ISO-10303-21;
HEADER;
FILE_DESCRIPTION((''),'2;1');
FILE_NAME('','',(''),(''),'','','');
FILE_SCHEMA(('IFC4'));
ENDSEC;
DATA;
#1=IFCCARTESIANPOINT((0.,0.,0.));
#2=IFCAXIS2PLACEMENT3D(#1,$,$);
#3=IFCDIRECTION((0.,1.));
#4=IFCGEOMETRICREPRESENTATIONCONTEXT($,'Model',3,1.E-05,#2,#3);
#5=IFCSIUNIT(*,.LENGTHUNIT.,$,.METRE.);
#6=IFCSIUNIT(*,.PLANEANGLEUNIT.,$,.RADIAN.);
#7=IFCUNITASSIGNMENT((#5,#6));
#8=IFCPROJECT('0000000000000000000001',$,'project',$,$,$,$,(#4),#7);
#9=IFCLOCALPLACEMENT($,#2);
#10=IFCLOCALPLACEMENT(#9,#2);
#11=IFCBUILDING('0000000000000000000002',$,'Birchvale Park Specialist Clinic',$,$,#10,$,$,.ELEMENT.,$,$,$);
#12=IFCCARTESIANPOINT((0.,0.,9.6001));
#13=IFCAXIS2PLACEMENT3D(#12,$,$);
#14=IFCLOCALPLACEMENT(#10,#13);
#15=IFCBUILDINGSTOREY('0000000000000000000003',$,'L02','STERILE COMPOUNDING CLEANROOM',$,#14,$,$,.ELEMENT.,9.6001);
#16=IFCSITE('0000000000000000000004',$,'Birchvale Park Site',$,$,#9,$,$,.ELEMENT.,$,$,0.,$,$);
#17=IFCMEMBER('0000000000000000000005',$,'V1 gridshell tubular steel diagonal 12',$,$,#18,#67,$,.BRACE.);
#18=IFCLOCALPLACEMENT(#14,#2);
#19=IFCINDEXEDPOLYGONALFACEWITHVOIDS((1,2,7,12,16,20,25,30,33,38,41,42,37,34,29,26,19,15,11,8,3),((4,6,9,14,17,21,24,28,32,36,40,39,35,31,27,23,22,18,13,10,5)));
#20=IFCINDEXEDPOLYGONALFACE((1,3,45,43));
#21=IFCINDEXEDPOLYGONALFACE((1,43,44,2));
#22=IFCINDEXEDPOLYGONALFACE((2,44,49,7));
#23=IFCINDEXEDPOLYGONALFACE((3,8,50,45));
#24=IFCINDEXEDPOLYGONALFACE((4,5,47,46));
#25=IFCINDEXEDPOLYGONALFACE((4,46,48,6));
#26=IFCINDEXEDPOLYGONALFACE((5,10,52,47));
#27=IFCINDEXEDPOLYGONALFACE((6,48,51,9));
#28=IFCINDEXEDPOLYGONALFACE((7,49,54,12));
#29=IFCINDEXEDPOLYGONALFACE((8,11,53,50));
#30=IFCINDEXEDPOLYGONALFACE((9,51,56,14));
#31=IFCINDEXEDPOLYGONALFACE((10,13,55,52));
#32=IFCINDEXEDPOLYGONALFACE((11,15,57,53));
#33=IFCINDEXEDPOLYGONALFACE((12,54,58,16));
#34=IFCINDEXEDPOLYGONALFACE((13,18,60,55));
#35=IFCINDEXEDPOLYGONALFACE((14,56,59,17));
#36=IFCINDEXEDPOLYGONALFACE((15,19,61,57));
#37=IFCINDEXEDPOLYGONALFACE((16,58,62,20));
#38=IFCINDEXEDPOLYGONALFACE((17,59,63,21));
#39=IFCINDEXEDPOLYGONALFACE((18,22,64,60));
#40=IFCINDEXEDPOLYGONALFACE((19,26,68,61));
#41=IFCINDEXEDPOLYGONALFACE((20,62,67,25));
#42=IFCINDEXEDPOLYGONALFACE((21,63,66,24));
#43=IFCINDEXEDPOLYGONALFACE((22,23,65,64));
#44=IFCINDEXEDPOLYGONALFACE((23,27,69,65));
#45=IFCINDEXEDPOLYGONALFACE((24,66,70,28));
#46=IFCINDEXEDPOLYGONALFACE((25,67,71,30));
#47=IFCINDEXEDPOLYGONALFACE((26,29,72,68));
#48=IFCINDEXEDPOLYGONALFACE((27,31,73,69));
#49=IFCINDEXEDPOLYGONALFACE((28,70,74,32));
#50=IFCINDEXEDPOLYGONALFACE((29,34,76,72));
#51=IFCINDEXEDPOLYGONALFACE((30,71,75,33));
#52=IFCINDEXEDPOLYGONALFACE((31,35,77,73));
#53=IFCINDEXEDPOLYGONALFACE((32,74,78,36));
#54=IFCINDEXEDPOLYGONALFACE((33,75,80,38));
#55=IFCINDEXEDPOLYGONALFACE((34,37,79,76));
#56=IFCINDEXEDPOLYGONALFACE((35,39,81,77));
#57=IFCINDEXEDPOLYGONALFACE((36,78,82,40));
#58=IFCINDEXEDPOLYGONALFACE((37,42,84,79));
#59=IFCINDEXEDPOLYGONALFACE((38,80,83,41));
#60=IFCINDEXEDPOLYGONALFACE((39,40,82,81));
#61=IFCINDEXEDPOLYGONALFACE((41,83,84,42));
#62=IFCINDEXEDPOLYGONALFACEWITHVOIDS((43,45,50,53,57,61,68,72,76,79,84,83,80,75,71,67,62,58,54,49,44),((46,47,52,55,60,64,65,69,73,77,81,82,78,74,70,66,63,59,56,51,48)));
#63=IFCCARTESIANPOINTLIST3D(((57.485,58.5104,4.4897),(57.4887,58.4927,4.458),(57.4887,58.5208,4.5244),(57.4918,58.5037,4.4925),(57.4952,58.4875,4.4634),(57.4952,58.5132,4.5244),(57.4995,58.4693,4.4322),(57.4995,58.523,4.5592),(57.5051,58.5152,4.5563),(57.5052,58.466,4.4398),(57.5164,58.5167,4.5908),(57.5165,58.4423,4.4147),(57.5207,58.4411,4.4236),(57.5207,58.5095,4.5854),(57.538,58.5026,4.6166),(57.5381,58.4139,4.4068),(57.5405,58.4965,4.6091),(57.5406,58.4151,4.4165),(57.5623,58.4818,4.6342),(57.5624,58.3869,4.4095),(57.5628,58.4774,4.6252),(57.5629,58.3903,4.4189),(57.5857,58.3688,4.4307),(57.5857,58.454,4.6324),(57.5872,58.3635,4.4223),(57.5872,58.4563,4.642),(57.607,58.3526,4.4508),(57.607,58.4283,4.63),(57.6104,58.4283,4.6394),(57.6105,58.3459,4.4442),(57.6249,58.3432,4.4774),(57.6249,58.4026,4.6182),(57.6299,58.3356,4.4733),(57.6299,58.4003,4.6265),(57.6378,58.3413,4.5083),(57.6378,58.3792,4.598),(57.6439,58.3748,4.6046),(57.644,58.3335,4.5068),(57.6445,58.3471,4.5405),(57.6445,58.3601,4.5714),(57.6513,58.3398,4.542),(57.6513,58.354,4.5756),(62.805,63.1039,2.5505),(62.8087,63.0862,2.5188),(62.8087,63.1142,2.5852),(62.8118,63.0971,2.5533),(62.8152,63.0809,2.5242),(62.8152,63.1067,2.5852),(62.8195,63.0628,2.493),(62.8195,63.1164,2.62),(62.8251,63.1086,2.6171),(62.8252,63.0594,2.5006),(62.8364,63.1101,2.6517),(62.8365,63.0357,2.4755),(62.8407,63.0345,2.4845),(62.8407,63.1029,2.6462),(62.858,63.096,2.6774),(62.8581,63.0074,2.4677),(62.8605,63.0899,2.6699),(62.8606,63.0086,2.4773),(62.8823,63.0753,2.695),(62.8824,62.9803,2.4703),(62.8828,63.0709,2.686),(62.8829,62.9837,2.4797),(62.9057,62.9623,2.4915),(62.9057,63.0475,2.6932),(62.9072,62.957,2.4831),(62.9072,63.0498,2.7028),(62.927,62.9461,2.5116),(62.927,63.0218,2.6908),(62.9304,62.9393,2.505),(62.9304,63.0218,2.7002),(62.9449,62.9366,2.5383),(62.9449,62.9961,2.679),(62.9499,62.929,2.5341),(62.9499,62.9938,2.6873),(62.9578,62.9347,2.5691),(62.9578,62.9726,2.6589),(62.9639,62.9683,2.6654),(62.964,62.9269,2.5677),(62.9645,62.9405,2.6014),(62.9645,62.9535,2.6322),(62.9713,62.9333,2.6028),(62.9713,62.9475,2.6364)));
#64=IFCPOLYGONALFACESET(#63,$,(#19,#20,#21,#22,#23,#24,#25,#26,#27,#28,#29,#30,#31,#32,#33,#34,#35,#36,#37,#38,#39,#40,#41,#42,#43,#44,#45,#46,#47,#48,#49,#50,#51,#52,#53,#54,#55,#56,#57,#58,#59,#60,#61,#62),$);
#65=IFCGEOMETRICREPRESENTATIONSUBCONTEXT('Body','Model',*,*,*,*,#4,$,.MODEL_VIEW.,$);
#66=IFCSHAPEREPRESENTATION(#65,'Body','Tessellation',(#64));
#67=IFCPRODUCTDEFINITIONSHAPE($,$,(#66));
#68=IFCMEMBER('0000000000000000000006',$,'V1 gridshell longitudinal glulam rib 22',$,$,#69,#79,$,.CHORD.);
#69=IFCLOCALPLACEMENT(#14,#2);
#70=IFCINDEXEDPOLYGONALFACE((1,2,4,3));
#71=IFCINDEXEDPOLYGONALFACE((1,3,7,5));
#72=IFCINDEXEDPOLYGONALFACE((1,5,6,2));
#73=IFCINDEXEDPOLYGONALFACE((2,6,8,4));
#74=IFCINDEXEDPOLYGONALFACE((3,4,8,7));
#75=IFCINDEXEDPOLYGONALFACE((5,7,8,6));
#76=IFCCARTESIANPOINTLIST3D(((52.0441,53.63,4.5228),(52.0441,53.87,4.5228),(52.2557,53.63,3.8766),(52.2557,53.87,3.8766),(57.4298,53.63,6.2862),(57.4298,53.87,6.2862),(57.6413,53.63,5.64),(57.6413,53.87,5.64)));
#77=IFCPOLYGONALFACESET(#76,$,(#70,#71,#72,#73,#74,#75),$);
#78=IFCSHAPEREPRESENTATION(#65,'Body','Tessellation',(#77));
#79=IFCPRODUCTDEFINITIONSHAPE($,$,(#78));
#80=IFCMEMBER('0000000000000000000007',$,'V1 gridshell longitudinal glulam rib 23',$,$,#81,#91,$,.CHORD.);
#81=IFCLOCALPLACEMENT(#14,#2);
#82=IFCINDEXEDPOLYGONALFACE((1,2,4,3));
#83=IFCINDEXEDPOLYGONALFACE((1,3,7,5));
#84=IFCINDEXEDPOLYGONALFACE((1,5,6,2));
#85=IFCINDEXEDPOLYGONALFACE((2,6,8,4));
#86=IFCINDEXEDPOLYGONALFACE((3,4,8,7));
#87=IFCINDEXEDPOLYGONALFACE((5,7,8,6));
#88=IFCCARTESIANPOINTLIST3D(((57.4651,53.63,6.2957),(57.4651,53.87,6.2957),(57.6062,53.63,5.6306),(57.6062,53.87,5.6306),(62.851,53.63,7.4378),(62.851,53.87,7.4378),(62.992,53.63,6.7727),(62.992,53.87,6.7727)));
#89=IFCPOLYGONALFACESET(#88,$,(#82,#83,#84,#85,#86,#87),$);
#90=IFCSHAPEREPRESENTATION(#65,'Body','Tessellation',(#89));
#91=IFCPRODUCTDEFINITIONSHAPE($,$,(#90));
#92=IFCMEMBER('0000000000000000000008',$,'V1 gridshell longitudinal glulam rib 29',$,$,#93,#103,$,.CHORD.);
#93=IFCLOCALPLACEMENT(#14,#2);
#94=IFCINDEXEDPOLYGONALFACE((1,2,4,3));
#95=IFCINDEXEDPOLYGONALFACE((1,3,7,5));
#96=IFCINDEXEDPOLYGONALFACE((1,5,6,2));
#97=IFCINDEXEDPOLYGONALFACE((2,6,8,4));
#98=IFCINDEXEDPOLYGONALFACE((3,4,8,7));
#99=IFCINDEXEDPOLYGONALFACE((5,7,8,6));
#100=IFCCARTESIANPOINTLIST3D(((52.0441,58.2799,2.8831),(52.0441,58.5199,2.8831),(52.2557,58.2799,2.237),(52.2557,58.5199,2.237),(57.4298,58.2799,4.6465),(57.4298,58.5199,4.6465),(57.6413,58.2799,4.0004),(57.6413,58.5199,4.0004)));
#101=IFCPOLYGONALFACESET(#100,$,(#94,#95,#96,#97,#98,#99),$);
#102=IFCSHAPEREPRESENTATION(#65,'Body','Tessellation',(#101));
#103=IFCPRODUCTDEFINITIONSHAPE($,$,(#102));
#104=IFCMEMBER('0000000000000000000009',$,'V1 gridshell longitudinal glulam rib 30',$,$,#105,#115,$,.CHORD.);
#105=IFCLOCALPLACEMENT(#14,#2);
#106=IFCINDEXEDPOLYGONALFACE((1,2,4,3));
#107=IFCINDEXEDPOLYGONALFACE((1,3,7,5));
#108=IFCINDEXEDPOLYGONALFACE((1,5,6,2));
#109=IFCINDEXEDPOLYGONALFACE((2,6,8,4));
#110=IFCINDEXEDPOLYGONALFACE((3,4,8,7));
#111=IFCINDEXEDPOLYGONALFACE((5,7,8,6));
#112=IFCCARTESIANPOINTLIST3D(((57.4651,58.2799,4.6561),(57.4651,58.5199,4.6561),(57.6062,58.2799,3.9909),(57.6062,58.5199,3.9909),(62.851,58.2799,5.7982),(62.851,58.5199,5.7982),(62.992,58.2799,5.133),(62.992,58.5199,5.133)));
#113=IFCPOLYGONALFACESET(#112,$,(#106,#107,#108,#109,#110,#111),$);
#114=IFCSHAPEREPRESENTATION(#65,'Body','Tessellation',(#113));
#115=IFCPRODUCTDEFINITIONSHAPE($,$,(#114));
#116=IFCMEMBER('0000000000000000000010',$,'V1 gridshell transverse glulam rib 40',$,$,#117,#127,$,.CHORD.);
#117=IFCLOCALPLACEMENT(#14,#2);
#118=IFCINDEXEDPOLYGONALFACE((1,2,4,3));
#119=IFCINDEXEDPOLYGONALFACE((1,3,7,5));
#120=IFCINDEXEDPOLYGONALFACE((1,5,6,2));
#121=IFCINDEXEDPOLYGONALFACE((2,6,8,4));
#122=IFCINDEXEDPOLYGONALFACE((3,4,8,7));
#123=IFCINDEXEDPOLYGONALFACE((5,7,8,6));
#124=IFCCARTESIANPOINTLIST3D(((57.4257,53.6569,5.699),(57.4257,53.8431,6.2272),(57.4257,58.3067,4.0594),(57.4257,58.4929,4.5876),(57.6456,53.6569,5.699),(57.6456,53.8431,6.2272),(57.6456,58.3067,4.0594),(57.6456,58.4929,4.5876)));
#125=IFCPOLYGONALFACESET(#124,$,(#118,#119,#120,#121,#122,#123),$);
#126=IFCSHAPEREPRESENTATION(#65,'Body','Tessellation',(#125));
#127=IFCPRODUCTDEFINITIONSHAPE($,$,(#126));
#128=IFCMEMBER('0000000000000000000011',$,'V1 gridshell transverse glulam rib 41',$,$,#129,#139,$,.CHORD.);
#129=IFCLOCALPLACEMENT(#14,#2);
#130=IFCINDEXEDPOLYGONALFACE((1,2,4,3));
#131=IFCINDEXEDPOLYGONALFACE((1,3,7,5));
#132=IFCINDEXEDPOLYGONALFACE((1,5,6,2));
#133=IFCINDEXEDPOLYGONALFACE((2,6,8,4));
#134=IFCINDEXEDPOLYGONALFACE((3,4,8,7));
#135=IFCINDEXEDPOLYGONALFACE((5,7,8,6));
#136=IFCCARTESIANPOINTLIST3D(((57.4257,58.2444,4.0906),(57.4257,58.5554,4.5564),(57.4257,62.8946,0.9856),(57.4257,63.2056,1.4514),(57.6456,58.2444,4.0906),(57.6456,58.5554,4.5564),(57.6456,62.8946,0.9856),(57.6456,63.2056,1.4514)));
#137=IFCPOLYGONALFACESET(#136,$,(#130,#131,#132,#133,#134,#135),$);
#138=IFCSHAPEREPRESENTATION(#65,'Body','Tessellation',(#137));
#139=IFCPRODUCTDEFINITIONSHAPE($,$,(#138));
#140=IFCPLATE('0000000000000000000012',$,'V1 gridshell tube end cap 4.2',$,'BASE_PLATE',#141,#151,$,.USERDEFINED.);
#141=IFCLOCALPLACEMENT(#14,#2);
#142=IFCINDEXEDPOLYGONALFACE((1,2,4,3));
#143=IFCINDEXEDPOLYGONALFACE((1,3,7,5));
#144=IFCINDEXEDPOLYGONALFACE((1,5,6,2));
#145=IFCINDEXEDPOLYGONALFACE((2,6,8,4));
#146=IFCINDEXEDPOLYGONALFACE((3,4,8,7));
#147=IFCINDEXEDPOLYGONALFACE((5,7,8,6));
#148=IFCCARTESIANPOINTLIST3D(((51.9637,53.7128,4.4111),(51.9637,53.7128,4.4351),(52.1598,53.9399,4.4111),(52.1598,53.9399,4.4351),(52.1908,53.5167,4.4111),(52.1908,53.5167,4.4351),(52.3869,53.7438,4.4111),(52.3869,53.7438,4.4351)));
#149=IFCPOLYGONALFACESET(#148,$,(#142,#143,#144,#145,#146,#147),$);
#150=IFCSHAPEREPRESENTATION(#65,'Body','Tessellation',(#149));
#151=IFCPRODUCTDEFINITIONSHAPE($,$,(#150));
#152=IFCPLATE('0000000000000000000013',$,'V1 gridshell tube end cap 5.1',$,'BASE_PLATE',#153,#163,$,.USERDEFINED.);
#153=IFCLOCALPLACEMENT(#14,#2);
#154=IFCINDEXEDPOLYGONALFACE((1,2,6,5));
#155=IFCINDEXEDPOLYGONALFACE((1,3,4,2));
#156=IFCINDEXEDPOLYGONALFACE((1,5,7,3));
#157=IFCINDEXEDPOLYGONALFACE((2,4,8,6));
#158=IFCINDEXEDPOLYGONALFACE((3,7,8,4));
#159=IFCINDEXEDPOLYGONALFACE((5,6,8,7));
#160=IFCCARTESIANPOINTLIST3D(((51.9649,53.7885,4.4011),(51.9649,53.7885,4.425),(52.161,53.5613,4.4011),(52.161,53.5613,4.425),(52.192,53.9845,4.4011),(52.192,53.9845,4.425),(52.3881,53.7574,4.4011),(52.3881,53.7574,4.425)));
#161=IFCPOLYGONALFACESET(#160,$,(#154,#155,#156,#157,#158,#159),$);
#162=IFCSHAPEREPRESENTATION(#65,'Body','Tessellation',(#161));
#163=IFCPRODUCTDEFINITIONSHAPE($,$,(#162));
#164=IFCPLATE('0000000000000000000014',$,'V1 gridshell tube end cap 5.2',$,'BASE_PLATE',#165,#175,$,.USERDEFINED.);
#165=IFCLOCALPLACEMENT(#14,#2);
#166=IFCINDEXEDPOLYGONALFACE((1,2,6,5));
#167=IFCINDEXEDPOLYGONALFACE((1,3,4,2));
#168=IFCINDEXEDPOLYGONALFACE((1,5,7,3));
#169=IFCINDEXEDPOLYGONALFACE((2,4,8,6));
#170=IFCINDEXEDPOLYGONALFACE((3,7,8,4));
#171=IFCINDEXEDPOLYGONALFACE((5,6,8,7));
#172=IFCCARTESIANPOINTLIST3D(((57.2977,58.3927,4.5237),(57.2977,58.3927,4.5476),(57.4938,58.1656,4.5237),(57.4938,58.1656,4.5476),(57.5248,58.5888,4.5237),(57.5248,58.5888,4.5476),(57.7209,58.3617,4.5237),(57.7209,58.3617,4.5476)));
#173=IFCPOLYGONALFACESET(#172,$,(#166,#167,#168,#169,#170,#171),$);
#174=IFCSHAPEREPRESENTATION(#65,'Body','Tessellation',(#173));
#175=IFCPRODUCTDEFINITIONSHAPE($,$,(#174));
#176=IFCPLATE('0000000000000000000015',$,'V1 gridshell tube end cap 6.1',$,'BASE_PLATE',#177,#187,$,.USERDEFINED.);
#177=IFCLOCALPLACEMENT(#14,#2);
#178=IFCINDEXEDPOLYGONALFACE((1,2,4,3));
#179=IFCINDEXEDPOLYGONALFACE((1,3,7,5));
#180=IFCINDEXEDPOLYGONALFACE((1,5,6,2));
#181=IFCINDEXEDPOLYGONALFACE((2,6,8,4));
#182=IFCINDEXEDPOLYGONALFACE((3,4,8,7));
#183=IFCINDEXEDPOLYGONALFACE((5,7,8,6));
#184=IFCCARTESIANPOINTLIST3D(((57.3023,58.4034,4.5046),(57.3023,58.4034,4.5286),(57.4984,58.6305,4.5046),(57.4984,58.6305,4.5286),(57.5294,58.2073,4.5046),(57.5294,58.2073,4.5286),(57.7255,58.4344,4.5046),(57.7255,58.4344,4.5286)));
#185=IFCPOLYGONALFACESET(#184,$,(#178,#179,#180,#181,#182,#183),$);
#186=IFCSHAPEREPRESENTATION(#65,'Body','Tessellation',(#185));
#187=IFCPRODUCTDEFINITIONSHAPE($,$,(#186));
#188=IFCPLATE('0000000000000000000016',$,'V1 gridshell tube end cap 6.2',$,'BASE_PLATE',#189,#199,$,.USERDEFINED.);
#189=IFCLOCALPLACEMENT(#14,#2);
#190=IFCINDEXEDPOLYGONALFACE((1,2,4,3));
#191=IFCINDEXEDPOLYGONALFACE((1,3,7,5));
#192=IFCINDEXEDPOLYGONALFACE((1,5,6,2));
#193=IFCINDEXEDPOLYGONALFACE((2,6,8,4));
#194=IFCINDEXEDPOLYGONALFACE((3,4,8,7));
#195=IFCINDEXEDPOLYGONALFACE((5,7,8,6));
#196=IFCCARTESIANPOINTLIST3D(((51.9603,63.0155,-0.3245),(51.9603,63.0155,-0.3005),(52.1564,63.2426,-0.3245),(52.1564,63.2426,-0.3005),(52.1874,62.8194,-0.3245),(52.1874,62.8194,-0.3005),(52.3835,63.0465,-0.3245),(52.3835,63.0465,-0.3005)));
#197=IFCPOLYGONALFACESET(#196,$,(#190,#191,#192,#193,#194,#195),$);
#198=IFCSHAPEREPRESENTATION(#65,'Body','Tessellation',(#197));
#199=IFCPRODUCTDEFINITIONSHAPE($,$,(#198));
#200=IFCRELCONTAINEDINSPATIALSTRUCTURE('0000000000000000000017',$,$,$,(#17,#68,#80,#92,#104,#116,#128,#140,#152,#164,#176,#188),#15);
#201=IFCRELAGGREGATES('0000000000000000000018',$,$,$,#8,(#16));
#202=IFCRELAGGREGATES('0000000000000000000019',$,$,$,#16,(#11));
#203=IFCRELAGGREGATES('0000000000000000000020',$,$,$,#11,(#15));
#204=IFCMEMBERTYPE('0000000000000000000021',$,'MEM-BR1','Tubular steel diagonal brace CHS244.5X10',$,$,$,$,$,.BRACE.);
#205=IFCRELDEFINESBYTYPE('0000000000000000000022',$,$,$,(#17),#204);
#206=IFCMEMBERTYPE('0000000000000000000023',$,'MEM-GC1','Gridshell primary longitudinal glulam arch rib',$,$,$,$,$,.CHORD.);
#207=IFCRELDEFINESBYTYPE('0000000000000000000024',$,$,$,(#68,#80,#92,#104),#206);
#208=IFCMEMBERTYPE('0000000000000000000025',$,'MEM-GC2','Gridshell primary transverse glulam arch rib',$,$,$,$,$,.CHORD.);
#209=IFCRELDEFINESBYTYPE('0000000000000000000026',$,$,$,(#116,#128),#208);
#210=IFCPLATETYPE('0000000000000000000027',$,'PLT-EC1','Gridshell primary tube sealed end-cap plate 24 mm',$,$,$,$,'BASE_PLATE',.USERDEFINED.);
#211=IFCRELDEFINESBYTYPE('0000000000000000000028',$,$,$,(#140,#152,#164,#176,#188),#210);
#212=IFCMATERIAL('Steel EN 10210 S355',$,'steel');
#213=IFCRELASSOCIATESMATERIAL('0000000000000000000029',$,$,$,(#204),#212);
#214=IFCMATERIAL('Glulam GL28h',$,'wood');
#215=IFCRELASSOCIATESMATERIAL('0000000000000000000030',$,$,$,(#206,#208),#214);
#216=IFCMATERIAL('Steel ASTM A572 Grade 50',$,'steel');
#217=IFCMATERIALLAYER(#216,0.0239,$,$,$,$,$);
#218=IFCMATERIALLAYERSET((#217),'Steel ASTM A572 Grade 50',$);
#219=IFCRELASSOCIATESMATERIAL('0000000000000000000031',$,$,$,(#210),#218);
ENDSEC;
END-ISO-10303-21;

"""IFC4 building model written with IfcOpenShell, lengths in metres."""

from ifc_helpers import new_model, si_unit, direction, frame, origin, origin_2d, place, context, subcontext, project, spatial, rectangle, hollow_circle, extrude, material, layer, layer_set, material_profile, profile_set, type_object, element, save


model = new_model("IFC4")

# Units and contexts
model_context = context("Model", 3, precision=1e-05, world=origin(), true_north=direction((0.0, 1.0)))
body_context = subcontext(model_context, "Body", "Model", "MODEL_VIEW")
ifc_project = project(units=[si_unit("LENGTHUNIT", "METRE"), si_unit("PLANEANGLEUNIT", "RADIAN")], contexts=[model_context])

# Site, building, storey
site_placement = place(None, origin())
site = spatial("IfcSite", under=ifc_project, at=site_placement, Name="Birchvale Park Site", CompositionType="ELEMENT", RefElevation=0.0)
building_placement = place(site_placement, origin())
building = spatial("IfcBuilding", under=site, at=building_placement, Name="Birchvale Park Specialist Clinic", CompositionType="ELEMENT")
storey_placement = place(building_placement, frame((0.0, 0.0, 9.6001)))
storey = spatial("IfcBuildingStorey", under=building, at=storey_placement, Name="L02", Description="STERILE COMPOUNDING CLEANROOM", CompositionType="ELEMENT", Elevation=9.6001)

# Members
ifc_material_1 = material(Name="Steel EN 10210 S355", Category="steel")
ifc_material_profile_1 = material_profile(ifc_material_1, hollow_circle(Radius=0.1223, WallThickness=0.01, at=origin_2d()), Name="CHS244.5X10")
ifc_profile_set_1 = profile_set([ifc_material_profile_1], Name="Steel EN 10210 S355")
member_type_1 = type_object("IfcMemberType", Name="MEM-BR1", Description="Tubular steel diagonal brace CHS244.5X10", PredefinedType="BRACE", material=ifc_profile_set_1)
member_1_placement = place(storey_placement, frame((57.5686, 58.4282, 4.5244), z_axis=(0.72964, 0.629993, -0.26596), x_axis=(-0.65353, 0.7569, 0.0)))
element("IfcMember", 1, at=member_1_placement, inside=storey, type_object=member_type_1, Name="V1 gridshell tubular steel diagonal 12", PredefinedType="BRACE", context=body_context, shape_type="SweptSolid", body=[
    extrude(hollow_circle(Radius=0.1223, WallThickness=0.01, at=origin_2d()), origin(), (0.0, 0.0, 1.0), 7.2913),
])
ifc_material_2 = material(Name="Glulam GL28h", Category="wood")
ifc_material_profile_2 = material_profile(ifc_material_2, rectangle(XDim=0.24, YDim=0.6799, at=origin_2d()), Name="GL-240x680")
ifc_profile_set_2 = profile_set([ifc_material_profile_2], Name="Glulam GL28h")
member_type_2 = type_object("IfcMemberType", Name="MEM-GC1", Description="Gridshell primary longitudinal glulam arch rib", PredefinedType="CHORD", material=ifc_profile_set_2)
member_2_placement = place(storey_placement, frame((52.1499, 53.75, 4.1997), z_axis=(0.950354, 0.0, 0.31117), x_axis=(0.0, 1.0, 0.0)))
element("IfcMember", 2, at=member_2_placement, inside=storey, type_object=member_type_2, Name="V1 gridshell longitudinal glulam rib 22", PredefinedType="CHORD", context=body_context, shape_type="SweptSolid", body=[
    extrude(rectangle(XDim=0.24, YDim=0.6799, at=origin_2d()), origin(), (0.0, 0.0, 1.0), 5.667),
])
member_3_placement = place(storey_placement, frame((57.5356, 53.75, 5.9631), z_axis=(0.978247, 0.0, 0.207445), x_axis=(0.0, 1.0, 0.0)))
element("IfcMember", 3, at=member_3_placement, inside=storey, type_object=member_type_2, Name="V1 gridshell longitudinal glulam rib 23", PredefinedType="CHORD", context=body_context, shape_type="SweptSolid", body=[
    extrude(rectangle(XDim=0.24, YDim=0.6799, at=origin_2d()), origin(), (0.0, 0.0, 1.0), 5.5056),
])
member_4_placement = place(storey_placement, frame((52.1499, 58.3999, 2.5601), z_axis=(0.950354, 0.0, 0.31117), x_axis=(0.0, 1.0, 0.0)))
element("IfcMember", 4, at=member_4_placement, inside=storey, type_object=member_type_2, Name="V1 gridshell longitudinal glulam rib 29", PredefinedType="CHORD", context=body_context, shape_type="SweptSolid", body=[
    extrude(rectangle(XDim=0.24, YDim=0.6799, at=origin_2d()), origin(), (0.0, 0.0, 1.0), 5.667),
])
member_5_placement = place(storey_placement, frame((57.5356, 58.3999, 4.3235), z_axis=(0.978247, 0.0, 0.207445), x_axis=(0.0, 1.0, 0.0)))
element("IfcMember", 5, at=member_5_placement, inside=storey, type_object=member_type_2, Name="V1 gridshell longitudinal glulam rib 30", PredefinedType="CHORD", context=body_context, shape_type="SweptSolid", body=[
    extrude(rectangle(XDim=0.24, YDim=0.6799, at=origin_2d()), origin(), (0.0, 0.0, 1.0), 5.5056),
])
ifc_material_profile_3 = material_profile(ifc_material_2, rectangle(XDim=0.22, YDim=0.5601, at=origin_2d()), Name="GL-220x560")
ifc_profile_set_3 = profile_set([ifc_material_profile_3], Name="Glulam GL28h")
member_type_3 = type_object("IfcMemberType", Name="MEM-GC2", Description="Gridshell primary transverse glulam arch rib", PredefinedType="CHORD", material=ifc_profile_set_3)
member_6_placement = place(storey_placement, frame((57.5356, 53.75, 5.9631), z_axis=(0.0, 0.943085, -0.332551), x_axis=(-1.0, 0.0, 0.0)))
element("IfcMember", 6, at=member_6_placement, inside=storey, type_object=member_type_3, Name="V1 gridshell transverse glulam rib 40", PredefinedType="CHORD", context=body_context, shape_type="SweptSolid", body=[
    extrude(rectangle(XDim=0.22, YDim=0.5601, at=origin_2d()), origin(), (0.0, 0.0, 1.0), 4.9304),
])
member_7_placement = place(storey_placement, frame((57.5356, 58.3999, 4.3235), z_axis=(0.0, 0.831647, -0.555305), x_axis=(-1.0, 0.0, 0.0)))
element("IfcMember", 7, at=member_7_placement, inside=storey, type_object=member_type_3, Name="V1 gridshell transverse glulam rib 41", PredefinedType="CHORD", context=body_context, shape_type="SweptSolid", body=[
    extrude(rectangle(XDim=0.22, YDim=0.5601, at=origin_2d()), origin(), (0.0, 0.0, 1.0), 5.5916),
])

# Plates
ifc_material_3 = material(Name="Steel ASTM A572 Grade 50", Category="steel")
ifc_layer_1 = layer(ifc_material_3, 0.0239)
ifc_layer_set_1 = layer_set([ifc_layer_1], Name="Steel ASTM A572 Grade 50")
plate_type_1 = type_object("IfcPlateType", Name="PLT-EC1", Description="Gridshell primary tube sealed end-cap plate 24 mm", ElementType="BASE_PLATE", PredefinedType="USERDEFINED", material=ifc_layer_set_1)
for number, where, z_axis, x_axis, name in (
    (8, (52.1753, 53.7283, 4.4111), (0.0, 0.0, 1.0), (-0.756881, 0.653553, 0.0), "V1 gridshell tube end cap 4.2"),
    (9, (52.1765, 53.7729, 4.4011), (0.0, 0.0, 1.0), (0.756881, 0.653553, 0.0), "V1 gridshell tube end cap 5.1"),
    (10, (57.5093, 58.3772, 4.5237), (0.0, 0.0, 1.0), (0.756881, 0.653553, 0.0), "V1 gridshell tube end cap 5.2"),
    (11, (57.5139, 58.4189, 4.5046), (0.0, 0.0, 1.0), (-0.756881, 0.653553, 0.0), "V1 gridshell tube end cap 6.1"),
    (12, (52.1719, 63.031, -0.3245), (0.0, 0.0, 1.0), (-0.756881, 0.653553, 0.0), "V1 gridshell tube end cap 6.2"),
):
    element("IfcPlate", number, at=place(storey_placement, frame(where, z_axis=z_axis, x_axis=x_axis)), inside=storey, type_object=plate_type_1, Name=name, ObjectType="BASE_PLATE", PredefinedType="USERDEFINED", context=body_context, shape_type="SweptSolid", body=[
        extrude(rectangle(XDim=0.3, YDim=0.3, at=origin_2d()), origin(), (0.0, 0.0, 1.0), 0.0239),
    ])

save(model, "model.ifc")
